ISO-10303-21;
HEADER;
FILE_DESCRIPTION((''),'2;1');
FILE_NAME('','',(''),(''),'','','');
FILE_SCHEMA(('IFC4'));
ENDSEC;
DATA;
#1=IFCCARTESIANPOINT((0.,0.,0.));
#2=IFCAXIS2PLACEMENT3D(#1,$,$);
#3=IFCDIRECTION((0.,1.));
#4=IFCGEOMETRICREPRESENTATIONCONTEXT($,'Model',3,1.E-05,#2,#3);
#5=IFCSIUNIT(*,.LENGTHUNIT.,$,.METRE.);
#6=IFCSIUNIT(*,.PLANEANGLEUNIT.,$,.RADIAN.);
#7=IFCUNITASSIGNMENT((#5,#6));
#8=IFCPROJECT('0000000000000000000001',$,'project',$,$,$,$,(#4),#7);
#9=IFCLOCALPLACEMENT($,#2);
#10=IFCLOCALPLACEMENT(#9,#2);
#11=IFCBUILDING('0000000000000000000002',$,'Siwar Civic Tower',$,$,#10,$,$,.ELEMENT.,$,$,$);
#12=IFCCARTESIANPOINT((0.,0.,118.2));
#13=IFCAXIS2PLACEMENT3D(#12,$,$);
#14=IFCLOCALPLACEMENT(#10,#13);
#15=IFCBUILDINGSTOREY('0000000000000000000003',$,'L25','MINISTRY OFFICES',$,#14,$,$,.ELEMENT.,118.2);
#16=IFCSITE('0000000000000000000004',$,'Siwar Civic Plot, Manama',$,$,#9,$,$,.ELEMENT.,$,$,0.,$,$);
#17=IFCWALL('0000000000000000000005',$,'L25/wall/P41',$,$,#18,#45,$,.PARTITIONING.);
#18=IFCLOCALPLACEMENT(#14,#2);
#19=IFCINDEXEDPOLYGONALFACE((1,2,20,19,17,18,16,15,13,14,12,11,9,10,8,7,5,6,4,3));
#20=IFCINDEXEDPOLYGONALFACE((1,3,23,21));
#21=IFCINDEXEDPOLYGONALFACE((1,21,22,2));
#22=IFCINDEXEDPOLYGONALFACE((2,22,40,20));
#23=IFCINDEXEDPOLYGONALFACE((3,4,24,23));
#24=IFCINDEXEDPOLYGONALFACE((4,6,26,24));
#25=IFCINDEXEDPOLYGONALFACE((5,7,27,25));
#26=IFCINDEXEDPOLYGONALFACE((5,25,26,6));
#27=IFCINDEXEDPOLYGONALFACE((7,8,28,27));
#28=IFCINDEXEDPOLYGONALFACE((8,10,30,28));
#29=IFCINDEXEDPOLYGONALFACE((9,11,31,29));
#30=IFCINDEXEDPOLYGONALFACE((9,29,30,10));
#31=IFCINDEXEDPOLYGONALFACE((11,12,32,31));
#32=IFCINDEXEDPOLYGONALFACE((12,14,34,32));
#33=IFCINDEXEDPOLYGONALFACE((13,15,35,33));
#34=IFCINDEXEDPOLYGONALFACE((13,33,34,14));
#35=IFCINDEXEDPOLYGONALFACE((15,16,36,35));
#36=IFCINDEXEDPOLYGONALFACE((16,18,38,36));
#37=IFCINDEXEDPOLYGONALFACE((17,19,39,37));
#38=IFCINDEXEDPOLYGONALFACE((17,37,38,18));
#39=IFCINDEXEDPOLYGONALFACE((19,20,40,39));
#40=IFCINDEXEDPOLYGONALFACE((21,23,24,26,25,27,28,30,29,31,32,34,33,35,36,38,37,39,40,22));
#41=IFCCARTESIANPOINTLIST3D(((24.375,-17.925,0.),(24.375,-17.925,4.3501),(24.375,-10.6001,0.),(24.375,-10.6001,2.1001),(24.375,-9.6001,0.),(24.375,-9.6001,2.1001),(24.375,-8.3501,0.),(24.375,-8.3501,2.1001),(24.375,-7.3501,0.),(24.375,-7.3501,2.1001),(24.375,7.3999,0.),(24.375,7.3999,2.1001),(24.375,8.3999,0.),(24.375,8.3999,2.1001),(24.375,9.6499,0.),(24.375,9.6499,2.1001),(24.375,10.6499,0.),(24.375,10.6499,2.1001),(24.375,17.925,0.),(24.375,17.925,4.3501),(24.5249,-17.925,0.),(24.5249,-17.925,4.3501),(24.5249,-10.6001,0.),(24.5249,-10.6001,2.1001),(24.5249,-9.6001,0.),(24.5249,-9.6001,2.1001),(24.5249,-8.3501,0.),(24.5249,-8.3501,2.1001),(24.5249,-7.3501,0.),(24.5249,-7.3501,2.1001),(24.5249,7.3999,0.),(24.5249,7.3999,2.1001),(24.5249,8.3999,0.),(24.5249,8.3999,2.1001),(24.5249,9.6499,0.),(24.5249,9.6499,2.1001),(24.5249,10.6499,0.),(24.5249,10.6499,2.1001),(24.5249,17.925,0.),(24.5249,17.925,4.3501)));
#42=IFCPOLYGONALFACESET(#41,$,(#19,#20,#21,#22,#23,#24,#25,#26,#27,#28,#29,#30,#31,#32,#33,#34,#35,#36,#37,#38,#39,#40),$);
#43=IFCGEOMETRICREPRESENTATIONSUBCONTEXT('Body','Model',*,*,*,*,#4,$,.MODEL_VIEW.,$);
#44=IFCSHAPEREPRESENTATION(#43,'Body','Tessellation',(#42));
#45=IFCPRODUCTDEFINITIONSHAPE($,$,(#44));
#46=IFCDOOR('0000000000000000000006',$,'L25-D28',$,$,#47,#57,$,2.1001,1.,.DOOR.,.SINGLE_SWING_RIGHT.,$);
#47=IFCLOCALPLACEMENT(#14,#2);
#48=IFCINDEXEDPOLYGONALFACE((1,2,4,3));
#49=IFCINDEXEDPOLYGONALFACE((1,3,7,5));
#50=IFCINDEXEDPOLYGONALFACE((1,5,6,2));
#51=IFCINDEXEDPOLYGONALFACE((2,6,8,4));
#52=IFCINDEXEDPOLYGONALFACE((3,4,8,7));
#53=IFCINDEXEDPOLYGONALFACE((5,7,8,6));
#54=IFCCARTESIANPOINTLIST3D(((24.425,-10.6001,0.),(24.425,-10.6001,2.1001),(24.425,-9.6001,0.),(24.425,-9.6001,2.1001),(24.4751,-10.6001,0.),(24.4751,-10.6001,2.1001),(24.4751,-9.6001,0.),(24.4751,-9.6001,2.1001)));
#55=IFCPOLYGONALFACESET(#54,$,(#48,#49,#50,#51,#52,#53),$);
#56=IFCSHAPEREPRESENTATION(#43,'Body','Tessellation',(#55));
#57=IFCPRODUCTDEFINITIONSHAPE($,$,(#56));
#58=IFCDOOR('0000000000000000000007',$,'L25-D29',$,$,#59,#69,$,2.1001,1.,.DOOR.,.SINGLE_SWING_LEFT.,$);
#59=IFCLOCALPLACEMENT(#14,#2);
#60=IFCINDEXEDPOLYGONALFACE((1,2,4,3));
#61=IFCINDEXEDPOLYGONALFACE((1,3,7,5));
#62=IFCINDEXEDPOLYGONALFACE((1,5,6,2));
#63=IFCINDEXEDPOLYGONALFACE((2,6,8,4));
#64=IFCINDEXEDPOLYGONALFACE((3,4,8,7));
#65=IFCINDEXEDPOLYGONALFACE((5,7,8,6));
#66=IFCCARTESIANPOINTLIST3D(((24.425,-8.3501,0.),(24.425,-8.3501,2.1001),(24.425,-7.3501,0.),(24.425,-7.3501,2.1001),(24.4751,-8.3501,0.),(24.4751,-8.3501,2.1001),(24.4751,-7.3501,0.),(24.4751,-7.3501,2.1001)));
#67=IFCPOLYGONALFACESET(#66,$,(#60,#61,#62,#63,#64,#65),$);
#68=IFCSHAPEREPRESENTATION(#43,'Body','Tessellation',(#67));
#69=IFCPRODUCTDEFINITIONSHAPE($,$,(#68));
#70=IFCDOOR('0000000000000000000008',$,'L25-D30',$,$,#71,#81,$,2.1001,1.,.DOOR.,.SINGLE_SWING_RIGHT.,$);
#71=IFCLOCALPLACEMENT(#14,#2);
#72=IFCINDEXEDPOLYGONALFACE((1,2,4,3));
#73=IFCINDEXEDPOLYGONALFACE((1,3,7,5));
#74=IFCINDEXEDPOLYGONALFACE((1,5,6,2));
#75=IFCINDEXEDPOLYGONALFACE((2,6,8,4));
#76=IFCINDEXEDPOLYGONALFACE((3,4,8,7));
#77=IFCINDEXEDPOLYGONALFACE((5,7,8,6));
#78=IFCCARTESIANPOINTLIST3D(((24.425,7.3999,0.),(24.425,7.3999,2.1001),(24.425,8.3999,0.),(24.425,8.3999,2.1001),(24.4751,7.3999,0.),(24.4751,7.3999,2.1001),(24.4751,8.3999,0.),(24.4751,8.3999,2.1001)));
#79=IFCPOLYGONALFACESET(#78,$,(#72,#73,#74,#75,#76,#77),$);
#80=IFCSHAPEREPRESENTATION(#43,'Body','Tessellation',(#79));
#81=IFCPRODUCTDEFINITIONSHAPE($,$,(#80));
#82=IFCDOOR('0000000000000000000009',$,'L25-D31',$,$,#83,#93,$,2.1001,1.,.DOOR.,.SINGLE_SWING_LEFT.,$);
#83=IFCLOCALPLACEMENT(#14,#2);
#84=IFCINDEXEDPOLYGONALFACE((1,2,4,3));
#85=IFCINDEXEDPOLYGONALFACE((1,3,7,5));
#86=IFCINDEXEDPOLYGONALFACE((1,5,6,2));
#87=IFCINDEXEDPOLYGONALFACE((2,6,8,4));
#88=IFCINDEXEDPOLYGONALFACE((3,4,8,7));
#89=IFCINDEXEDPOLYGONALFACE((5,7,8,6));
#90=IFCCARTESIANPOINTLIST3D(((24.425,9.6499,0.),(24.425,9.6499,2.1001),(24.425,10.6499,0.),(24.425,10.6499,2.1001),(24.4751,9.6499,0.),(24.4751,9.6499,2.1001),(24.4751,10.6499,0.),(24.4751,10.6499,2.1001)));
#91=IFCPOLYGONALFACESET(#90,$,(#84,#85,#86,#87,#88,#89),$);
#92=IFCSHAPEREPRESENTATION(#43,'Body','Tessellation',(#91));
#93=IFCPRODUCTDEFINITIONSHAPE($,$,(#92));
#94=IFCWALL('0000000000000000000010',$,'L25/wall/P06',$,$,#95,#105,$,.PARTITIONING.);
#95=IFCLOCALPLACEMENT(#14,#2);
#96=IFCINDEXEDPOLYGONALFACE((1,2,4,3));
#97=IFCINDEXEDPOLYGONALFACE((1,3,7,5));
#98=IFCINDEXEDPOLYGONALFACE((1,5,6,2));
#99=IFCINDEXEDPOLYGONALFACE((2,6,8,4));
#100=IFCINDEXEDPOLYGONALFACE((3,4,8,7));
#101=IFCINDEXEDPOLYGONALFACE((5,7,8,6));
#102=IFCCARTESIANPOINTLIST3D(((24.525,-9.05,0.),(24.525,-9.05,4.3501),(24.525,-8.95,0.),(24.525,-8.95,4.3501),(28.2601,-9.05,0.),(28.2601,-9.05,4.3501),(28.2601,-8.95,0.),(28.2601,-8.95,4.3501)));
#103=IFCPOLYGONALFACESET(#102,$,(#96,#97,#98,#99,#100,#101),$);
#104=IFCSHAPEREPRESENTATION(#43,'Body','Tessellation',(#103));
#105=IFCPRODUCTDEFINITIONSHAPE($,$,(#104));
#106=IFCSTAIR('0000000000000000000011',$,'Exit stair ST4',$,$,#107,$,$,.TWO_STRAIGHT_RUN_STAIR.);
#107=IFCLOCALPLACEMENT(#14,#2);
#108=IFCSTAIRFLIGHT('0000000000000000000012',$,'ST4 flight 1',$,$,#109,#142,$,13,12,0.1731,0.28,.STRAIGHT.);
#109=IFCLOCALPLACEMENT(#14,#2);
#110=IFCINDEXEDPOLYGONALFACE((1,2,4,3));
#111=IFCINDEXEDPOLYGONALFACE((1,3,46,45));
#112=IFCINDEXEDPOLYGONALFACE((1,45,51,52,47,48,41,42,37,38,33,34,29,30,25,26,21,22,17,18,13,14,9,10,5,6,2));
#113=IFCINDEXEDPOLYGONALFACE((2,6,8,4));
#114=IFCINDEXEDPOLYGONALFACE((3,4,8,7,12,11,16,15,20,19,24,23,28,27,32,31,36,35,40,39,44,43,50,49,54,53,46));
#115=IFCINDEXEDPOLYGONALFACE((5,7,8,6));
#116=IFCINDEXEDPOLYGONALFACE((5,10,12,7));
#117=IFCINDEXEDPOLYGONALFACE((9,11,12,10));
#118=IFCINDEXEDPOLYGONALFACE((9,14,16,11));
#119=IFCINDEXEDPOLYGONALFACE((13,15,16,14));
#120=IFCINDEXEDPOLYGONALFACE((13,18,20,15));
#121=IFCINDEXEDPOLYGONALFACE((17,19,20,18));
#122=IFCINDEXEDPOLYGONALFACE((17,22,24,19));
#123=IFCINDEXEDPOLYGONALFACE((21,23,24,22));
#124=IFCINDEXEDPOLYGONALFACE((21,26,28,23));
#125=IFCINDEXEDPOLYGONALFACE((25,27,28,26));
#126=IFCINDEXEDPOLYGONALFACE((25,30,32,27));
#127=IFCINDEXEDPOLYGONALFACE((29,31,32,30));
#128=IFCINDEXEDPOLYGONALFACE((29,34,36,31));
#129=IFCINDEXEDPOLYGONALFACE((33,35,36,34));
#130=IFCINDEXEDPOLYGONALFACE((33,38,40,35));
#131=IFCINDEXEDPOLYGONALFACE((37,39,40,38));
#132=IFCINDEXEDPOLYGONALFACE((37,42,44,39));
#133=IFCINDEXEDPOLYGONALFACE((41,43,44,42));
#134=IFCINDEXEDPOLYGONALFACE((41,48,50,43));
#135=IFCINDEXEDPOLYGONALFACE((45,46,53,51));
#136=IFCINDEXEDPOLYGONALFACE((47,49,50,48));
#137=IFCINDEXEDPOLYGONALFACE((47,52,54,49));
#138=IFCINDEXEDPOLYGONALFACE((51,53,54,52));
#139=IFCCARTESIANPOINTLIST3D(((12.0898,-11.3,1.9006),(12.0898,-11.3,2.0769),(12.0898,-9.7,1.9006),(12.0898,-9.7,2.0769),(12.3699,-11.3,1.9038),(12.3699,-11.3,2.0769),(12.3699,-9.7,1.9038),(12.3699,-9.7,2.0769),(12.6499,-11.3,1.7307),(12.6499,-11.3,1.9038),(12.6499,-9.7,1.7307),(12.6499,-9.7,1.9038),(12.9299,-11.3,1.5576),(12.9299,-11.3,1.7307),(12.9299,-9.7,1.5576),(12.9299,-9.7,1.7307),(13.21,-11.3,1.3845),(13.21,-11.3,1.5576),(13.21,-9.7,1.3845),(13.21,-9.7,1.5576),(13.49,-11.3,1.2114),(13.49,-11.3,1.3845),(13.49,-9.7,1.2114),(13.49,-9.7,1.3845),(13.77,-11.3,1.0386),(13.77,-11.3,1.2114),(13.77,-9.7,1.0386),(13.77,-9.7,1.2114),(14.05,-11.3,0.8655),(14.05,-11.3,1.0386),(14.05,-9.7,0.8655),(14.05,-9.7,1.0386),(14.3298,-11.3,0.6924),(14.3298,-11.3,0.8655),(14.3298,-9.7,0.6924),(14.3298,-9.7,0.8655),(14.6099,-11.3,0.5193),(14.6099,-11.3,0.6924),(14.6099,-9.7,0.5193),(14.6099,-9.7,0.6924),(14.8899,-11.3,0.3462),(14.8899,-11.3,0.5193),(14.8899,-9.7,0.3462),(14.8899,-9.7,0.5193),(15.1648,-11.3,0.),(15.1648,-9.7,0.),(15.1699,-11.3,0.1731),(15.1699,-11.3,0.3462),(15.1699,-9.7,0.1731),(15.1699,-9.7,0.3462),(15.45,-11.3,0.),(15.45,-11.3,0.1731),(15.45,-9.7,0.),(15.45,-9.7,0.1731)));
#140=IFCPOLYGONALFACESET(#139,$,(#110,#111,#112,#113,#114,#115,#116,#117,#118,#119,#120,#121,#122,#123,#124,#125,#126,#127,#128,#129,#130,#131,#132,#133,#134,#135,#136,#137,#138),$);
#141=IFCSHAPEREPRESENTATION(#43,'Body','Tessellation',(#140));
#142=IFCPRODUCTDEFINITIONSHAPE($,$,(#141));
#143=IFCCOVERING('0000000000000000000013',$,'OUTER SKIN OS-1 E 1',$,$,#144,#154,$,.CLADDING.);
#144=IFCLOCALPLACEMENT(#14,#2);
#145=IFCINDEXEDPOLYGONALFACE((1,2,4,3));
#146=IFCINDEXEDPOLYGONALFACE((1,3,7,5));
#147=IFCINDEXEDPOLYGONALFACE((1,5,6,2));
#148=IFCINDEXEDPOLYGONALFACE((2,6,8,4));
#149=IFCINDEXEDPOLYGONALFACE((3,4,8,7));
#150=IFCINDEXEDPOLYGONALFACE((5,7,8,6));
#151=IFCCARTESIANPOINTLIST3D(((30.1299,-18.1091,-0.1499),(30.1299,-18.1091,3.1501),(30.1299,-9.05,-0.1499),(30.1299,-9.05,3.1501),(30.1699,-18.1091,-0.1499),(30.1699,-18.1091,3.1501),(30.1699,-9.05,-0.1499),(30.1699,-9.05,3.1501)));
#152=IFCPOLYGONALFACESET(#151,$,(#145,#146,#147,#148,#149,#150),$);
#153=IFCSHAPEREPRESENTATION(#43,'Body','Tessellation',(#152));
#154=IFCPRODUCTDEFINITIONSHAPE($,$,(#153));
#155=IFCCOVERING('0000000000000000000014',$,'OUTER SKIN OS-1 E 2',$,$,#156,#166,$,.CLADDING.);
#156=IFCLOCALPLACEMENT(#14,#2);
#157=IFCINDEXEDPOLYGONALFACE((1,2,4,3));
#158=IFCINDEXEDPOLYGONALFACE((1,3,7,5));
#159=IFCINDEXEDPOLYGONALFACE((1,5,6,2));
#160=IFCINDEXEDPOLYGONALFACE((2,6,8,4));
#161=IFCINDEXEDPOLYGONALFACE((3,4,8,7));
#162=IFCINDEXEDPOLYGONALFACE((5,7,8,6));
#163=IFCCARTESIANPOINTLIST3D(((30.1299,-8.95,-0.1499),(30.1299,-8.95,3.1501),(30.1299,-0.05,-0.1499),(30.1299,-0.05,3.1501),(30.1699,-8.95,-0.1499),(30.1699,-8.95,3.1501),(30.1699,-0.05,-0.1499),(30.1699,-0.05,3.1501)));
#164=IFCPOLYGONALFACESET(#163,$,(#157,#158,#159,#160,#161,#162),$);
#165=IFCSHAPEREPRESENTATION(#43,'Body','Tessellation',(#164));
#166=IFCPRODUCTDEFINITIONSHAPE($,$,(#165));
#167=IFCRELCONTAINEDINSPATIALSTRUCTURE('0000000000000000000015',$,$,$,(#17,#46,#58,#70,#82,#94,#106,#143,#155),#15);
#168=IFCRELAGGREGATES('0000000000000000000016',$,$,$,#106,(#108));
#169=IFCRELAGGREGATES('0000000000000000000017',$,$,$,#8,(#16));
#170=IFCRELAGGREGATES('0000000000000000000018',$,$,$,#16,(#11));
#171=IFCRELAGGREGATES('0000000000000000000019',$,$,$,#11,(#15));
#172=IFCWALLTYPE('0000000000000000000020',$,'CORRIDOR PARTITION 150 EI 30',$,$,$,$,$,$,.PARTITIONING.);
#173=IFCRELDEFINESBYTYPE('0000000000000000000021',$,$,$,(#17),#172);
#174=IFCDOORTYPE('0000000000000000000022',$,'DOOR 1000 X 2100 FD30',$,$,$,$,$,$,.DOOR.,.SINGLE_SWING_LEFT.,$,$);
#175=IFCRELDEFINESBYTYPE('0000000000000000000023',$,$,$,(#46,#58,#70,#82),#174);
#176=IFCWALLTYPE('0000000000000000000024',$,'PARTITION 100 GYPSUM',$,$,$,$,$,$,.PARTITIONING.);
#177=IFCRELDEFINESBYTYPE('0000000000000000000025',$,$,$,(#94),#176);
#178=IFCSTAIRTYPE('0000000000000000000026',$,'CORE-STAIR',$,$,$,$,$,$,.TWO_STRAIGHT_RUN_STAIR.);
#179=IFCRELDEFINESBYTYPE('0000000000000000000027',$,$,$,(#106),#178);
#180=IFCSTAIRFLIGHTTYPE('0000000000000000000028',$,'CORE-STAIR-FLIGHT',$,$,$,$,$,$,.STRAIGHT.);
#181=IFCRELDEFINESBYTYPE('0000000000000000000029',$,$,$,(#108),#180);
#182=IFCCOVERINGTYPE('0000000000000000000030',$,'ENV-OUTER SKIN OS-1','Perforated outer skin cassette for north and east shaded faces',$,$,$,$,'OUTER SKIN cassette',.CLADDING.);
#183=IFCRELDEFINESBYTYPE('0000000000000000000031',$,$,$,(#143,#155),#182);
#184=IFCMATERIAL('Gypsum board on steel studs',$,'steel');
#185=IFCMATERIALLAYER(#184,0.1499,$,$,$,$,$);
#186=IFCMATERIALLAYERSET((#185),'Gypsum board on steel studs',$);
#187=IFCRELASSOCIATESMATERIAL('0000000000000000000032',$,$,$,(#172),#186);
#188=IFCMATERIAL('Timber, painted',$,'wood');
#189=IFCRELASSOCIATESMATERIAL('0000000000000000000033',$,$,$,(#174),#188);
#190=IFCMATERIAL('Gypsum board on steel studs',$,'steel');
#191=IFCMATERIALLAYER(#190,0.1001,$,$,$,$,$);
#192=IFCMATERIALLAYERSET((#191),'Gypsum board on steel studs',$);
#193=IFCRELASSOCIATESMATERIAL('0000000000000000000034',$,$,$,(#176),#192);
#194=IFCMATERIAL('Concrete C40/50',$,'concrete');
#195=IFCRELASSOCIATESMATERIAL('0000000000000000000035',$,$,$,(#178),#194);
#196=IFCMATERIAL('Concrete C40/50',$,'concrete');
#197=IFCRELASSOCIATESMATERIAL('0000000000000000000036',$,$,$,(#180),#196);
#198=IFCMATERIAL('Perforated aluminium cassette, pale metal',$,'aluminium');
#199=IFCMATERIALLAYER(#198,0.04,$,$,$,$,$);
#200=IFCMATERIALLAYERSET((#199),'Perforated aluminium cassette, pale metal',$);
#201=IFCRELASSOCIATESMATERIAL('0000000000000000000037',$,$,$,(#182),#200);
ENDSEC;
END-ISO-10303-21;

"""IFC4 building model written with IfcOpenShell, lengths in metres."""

from ifc_helpers import new_model, si_unit, direction, frame, frame_2d, origin, origin_2d, place, context, subcontext, project, spatial, polyline, rectangle, outline, extrude, material, layer, layer_set, type_object, element, fill, aggregate, save


model = new_model("IFC4")

# Units and contexts
model_context = context("Model", 3, precision=1e-05, world=origin(), true_north=direction((0.0, 1.0)))
body_context = subcontext(model_context, "Body", "Model", "MODEL_VIEW")
ifc_project = project(units=[si_unit("LENGTHUNIT", "METRE"), si_unit("PLANEANGLEUNIT", "RADIAN")], contexts=[model_context])

# Site, building, storey
site_placement = place(None, origin())
site = spatial("IfcSite", under=ifc_project, at=site_placement, Name="Siwar Civic Plot, Manama", CompositionType="ELEMENT", RefElevation=0.0)
building_placement = place(site_placement, origin())
building = spatial("IfcBuilding", under=site, at=building_placement, Name="Siwar Civic Tower", CompositionType="ELEMENT")
storey_placement = place(building_placement, frame((0.0, 0.0, 118.2)))
storey = spatial("IfcBuildingStorey", under=building, at=storey_placement, Name="L25", Description="MINISTRY OFFICES", CompositionType="ELEMENT", Elevation=118.2)

# Shared definitions
ifc_material_1 = material(Name="Gypsum board on steel studs", Category="steel")
ifc_layer_1 = layer(ifc_material_1, 0.1499)
ifc_layer_set_1 = layer_set([ifc_layer_1], Name="Gypsum board on steel studs")
wall_type_1 = type_object("IfcWallType", Name="CORRIDOR PARTITION 150 EI 30", PredefinedType="PARTITIONING", material=ifc_layer_set_1)

# Wall, openings, doors
wall_1_placement = place(storey_placement, frame((24.45, -17.925, 0.0), z_axis=(0.0, 0.0, 1.0), x_axis=(0.0, 1.0, 0.0)))
wall_1 = element("IfcWall", 1, at=wall_1_placement, inside=storey, type_object=wall_type_1, Name="L25/wall/P41", PredefinedType="PARTITIONING", context=body_context, shape_type="SweptSolid", body=[
    extrude(rectangle(XDim=35.8501, YDim=0.1499, at=frame_2d((17.925, 0.0))), origin(), (0.0, 0.0, 1.0), 4.3501),
])
opening_1_placement = place(wall_1_placement, frame((7.325, 0.0, 0.0)))
opening_1 = element("IfcOpeningElement", 2, at=opening_1_placement, cuts=wall_1, PredefinedType="OPENING", context=body_context, shape_type="SweptSolid", body=[
    extrude(rectangle(XDim=1.0, YDim=2.1001, at=frame_2d((0.5, 1.05))), frame((0.0, 0.085, 0.0), z_axis=(0.0, -1.0, 0.0), x_axis=(1.0, 0.0, 0.0)), (0.0, 0.0, 1.0), 0.1699),
])
opening_2_placement = place(wall_1_placement, frame((9.575, 0.0, 0.0)))
opening_2 = element("IfcOpeningElement", 3, at=opening_2_placement, cuts=wall_1, PredefinedType="OPENING", context=body_context, shape_type="SweptSolid", body=[
    extrude(rectangle(XDim=1.0, YDim=2.1001, at=frame_2d((0.5, 1.05))), frame((0.0, 0.085, 0.0), z_axis=(0.0, -1.0, 0.0), x_axis=(1.0, 0.0, 0.0)), (0.0, 0.0, 1.0), 0.1699),
])
opening_3_placement = place(wall_1_placement, frame((25.325, 0.0, 0.0)))
opening_3 = element("IfcOpeningElement", 4, at=opening_3_placement, cuts=wall_1, PredefinedType="OPENING", context=body_context, shape_type="SweptSolid", body=[
    extrude(rectangle(XDim=1.0, YDim=2.1001, at=frame_2d((0.5, 1.05))), frame((0.0, 0.085, 0.0), z_axis=(0.0, -1.0, 0.0), x_axis=(1.0, 0.0, 0.0)), (0.0, 0.0, 1.0), 0.1699),
])
opening_4_placement = place(wall_1_placement, frame((27.575, 0.0, 0.0)))
opening_4 = element("IfcOpeningElement", 5, at=opening_4_placement, cuts=wall_1, PredefinedType="OPENING", context=body_context, shape_type="SweptSolid", body=[
    extrude(rectangle(XDim=1.0, YDim=2.1001, at=frame_2d((0.5, 1.05))), frame((0.0, 0.085, 0.0), z_axis=(0.0, -1.0, 0.0), x_axis=(1.0, 0.0, 0.0)), (0.0, 0.0, 1.0), 0.1699),
])
ifc_material_2 = material(Name="Timber, painted", Category="wood")
door_type_1 = type_object("IfcDoorType", Name="DOOR 1000 X 2100 FD30", OperationType="SINGLE_SWING_LEFT", PredefinedType="DOOR", material=ifc_material_2)
door_1_placement = place(opening_1_placement, origin())
door_1 = element("IfcDoor", 6, at=door_1_placement, inside=storey, type_object=door_type_1, Name="L25-D28", OperationType="SINGLE_SWING_RIGHT", OverallHeight=2.1001, OverallWidth=1.0, PredefinedType="DOOR", context=body_context, shape_type="SweptSolid", body=[
    extrude(rectangle(XDim=1.0, YDim=2.1001, at=frame_2d((0.5, 1.05))), frame((0.0, 0.0249, 0.0), z_axis=(0.0, -1.0, 0.0), x_axis=(1.0, 0.0, 0.0)), (0.0, 0.0, 1.0), 0.05),
])
fill(opening_1, door_1)
door_2_placement = place(opening_2_placement, origin())
door_2 = element("IfcDoor", 7, at=door_2_placement, inside=storey, type_object=door_type_1, Name="L25-D29", OperationType="SINGLE_SWING_LEFT", OverallHeight=2.1001, OverallWidth=1.0, PredefinedType="DOOR", context=body_context, shape_type="SweptSolid", body=[
    extrude(rectangle(XDim=1.0, YDim=2.1001, at=frame_2d((0.5, 1.05))), frame((0.0, 0.0249, 0.0), z_axis=(0.0, -1.0, 0.0), x_axis=(1.0, 0.0, 0.0)), (0.0, 0.0, 1.0), 0.05),
])
fill(opening_2, door_2)
door_3_placement = place(opening_3_placement, origin())
door_3 = element("IfcDoor", 8, at=door_3_placement, inside=storey, type_object=door_type_1, Name="L25-D30", OperationType="SINGLE_SWING_RIGHT", OverallHeight=2.1001, OverallWidth=1.0, PredefinedType="DOOR", context=body_context, shape_type="SweptSolid", body=[
    extrude(rectangle(XDim=1.0, YDim=2.1001, at=frame_2d((0.5, 1.05))), frame((0.0, 0.0249, 0.0), z_axis=(0.0, -1.0, 0.0), x_axis=(1.0, 0.0, 0.0)), (0.0, 0.0, 1.0), 0.05),
])
fill(opening_3, door_3)
door_4_placement = place(opening_4_placement, origin())
door_4 = element("IfcDoor", 9, at=door_4_placement, inside=storey, type_object=door_type_1, Name="L25-D31", OperationType="SINGLE_SWING_LEFT", OverallHeight=2.1001, OverallWidth=1.0, PredefinedType="DOOR", context=body_context, shape_type="SweptSolid", body=[
    extrude(rectangle(XDim=1.0, YDim=2.1001, at=frame_2d((0.5, 1.05))), frame((0.0, 0.0249, 0.0), z_axis=(0.0, -1.0, 0.0), x_axis=(1.0, 0.0, 0.0)), (0.0, 0.0, 1.0), 0.05),
])
fill(opening_4, door_4)

# Wall
ifc_material_3 = material(Name="Gypsum board on steel studs", Category="steel")
ifc_layer_2 = layer(ifc_material_3, 0.1001)
ifc_layer_set_2 = layer_set([ifc_layer_2], Name="Gypsum board on steel studs")
wall_type_2 = type_object("IfcWallType", Name="PARTITION 100 GYPSUM", PredefinedType="PARTITIONING", material=ifc_layer_set_2)
wall_2_placement = place(storey_placement, frame((24.5249, -9.0, 0.0), z_axis=(0.0, 0.0, 1.0), x_axis=(1.0, 0.0, 0.0)))
element("IfcWall", 10, at=wall_2_placement, inside=storey, type_object=wall_type_2, Name="L25/wall/P06", PredefinedType="PARTITIONING", context=body_context, shape_type="SweptSolid", body=[
    extrude(rectangle(XDim=3.7351, YDim=0.1001, at=frame_2d((1.8677, 0.0))), origin(), (0.0, 0.0, 1.0), 4.3501),
])

# Stair, stair flight
ifc_material_4 = material(Name="Concrete C40/50", Category="concrete")
stair_type = type_object("IfcStairType", Name="CORE-STAIR", PredefinedType="TWO_STRAIGHT_RUN_STAIR", material=ifc_material_4)
stair_placement = place(storey_placement, origin())
stair = element("IfcStair", 11, at=stair_placement, inside=storey, type_object=stair_type, Name="Exit stair ST4", PredefinedType="TWO_STRAIGHT_RUN_STAIR")
ifc_material_5 = material(Name="Concrete C40/50", Category="concrete")
stair_flight_type = type_object("IfcStairFlightType", Name="CORE-STAIR-FLIGHT", PredefinedType="STRAIGHT", material=ifc_material_5)
stair_flight_placement = place(storey_placement, frame((15.45, -10.5, 0.0), z_axis=(0.0, 0.0, 1.0), x_axis=(-1.0, 0.0, 0.0)))
stair_flight = element("IfcStairFlight", 12, at=stair_flight_placement, type_object=stair_flight_type, Name="ST4 flight 1", NumberOfRisers=13, NumberOfTreads=12, PredefinedType="STRAIGHT", RiserHeight=0.1731, TreadLength=0.28, context=body_context, shape_type="SweptSolid", body=[
    extrude(outline(polyline([(0.0, 0.0), (0.0, 0.1731), (0.28, 0.1731), (0.28, 0.3462), (0.5601, 0.3462), (0.5601, 0.5193), (0.8401, 0.5193), (0.8401, 0.6924), (1.1201, 0.6924), (1.1201, 0.8655), (1.3999, 0.8655), (1.3999, 1.0386), (1.6799, 1.0386), (1.6799, 1.2114), (1.96, 1.2114), (1.96, 1.3845), (2.24, 1.3845), (2.24, 1.5576), (2.52, 1.5576), (2.52, 1.7307), (2.8, 1.7307), (2.8, 1.9038), (3.0801, 1.9038), (3.0801, 2.0769), (3.3601, 2.0769), (3.3601, 2.25), (3.3601, 1.9006), (0.2852, 0.0), (0.0, 0.0)])), frame((0.0, 0.8, 0.0), z_axis=(0.0, -1.0, 0.0), x_axis=(1.0, 0.0, 0.0)), (0.0, 0.0, 1.0), 1.6001),
])
aggregate(stair, [stair_flight])

# Coverings
ifc_material_6 = material(Name="Perforated aluminium cassette, pale metal", Category="aluminium")
ifc_layer_3 = layer(ifc_material_6, 0.04)
ifc_layer_set_3 = layer_set([ifc_layer_3], Name="Perforated aluminium cassette, pale metal")
covering_type = type_object("IfcCoveringType", Name="ENV-OUTER SKIN OS-1", Description="Perforated outer skin cassette for north and east shaded faces", ElementType="OUTER SKIN cassette", PredefinedType="CLADDING", material=ifc_layer_set_3)
covering_1_placement = place(storey_placement, frame((30.1499, -13.5796, -0.1499), z_axis=(0.0, 0.0, 1.0), x_axis=(0.0, 1.0, 0.0)))
element("IfcCovering", 13, at=covering_1_placement, inside=storey, type_object=covering_type, Name="OUTER SKIN OS-1 E 1", PredefinedType="CLADDING", context=body_context, shape_type="SweptSolid", body=[
    extrude(rectangle(XDim=9.0591, YDim=0.04, at=origin_2d()), origin(), (0.0, 0.0, 1.0), 3.3),
])
covering_2_placement = place(storey_placement, frame((30.1499, -4.5, -0.1499), z_axis=(0.0, 0.0, 1.0), x_axis=(0.0, 1.0, 0.0)))
element("IfcCovering", 14, at=covering_2_placement, inside=storey, type_object=covering_type, Name="OUTER SKIN OS-1 E 2", PredefinedType="CLADDING", context=body_context, shape_type="SweptSolid", body=[
    extrude(rectangle(XDim=8.8999, YDim=0.04, at=origin_2d()), origin(), (0.0, 0.0, 1.0), 3.3),
])

save(model, "model.ifc")
